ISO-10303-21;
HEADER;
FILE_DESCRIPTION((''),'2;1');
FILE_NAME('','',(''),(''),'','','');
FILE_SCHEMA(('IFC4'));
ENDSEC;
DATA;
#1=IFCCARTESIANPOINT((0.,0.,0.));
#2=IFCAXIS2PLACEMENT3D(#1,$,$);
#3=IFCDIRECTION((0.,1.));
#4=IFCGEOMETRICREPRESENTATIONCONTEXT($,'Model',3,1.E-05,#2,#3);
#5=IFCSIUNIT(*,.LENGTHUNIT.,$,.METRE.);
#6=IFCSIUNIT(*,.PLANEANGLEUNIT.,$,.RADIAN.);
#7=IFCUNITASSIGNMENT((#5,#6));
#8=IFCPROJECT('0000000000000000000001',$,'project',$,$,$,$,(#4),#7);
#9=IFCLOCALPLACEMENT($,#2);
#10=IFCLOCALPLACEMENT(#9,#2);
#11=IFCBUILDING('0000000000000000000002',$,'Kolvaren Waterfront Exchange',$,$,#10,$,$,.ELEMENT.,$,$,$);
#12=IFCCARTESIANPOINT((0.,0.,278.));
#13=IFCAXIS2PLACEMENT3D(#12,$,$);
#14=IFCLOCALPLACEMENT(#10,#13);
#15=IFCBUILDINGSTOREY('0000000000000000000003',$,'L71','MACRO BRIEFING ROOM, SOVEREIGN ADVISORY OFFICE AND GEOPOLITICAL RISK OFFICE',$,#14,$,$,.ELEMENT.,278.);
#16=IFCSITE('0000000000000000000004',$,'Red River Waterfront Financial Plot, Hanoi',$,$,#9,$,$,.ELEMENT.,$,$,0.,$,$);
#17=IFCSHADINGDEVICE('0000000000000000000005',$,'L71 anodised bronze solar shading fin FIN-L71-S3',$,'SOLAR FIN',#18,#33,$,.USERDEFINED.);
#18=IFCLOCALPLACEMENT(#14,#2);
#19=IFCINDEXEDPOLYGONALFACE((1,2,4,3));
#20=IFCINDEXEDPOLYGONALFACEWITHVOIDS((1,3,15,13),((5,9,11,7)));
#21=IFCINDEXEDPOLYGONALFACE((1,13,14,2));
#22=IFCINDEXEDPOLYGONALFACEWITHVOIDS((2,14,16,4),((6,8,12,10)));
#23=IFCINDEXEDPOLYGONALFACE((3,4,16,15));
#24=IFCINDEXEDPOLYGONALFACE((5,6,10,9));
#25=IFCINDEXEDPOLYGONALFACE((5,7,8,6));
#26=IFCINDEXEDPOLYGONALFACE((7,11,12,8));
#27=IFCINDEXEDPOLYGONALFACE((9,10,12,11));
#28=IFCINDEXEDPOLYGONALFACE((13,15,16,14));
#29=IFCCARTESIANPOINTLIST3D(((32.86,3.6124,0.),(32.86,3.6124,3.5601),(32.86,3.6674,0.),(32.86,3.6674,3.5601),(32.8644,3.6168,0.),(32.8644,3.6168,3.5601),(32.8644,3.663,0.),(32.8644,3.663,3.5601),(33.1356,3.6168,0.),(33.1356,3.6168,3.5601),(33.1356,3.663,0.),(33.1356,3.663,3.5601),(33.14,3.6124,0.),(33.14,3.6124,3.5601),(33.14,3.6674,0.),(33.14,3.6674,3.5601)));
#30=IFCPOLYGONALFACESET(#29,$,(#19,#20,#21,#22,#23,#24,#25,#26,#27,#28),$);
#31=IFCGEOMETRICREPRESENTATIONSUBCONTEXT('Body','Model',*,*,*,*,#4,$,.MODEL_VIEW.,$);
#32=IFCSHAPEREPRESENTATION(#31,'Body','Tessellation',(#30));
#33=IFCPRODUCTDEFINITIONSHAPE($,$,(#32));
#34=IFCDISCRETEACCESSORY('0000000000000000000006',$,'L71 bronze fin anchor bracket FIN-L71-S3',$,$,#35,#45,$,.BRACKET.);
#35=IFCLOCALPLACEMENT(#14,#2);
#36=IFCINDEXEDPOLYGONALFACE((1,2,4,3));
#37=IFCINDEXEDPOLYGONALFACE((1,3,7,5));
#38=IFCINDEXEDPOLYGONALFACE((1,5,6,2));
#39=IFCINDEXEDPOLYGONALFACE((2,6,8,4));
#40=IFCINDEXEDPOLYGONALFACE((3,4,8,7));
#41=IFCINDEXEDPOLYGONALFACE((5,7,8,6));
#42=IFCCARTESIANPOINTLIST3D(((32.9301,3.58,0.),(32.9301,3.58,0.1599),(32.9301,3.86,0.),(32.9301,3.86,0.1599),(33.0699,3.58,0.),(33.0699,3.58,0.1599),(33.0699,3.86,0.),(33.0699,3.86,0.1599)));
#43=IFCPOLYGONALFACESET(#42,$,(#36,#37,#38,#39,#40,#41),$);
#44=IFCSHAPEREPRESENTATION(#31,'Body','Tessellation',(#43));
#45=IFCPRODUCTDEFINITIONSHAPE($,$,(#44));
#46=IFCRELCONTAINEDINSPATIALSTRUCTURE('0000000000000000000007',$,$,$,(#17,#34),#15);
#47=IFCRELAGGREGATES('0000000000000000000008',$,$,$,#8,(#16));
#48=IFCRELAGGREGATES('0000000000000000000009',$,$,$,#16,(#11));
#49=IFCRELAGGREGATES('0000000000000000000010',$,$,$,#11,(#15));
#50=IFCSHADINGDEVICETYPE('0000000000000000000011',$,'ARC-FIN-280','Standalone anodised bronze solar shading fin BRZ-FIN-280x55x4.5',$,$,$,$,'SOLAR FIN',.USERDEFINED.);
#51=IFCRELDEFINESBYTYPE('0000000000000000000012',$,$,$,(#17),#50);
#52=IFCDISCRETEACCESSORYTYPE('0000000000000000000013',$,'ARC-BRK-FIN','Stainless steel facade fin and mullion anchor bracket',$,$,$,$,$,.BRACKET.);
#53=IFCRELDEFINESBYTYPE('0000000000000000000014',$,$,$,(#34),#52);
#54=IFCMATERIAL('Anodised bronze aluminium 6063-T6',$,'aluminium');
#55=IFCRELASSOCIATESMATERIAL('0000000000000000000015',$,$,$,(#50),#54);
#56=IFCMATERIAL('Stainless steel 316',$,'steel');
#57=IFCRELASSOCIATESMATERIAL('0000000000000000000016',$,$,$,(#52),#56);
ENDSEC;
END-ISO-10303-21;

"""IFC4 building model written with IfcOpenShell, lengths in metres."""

from ifc_helpers import new_model, si_unit, direction, frame, origin, origin_with_axes, origin_2d, place, context, subcontext, project, spatial, rectangle, hollow_rectangle, extrude, source, transform, mapped, material, material_profile, profile_set, type_object, element, save


model = new_model("IFC4")

# Units and contexts
model_context = context("Model", 3, precision=1e-05, world=origin(), true_north=direction((0.0, 1.0)))
body_context = subcontext(model_context, "Body", "Model", "MODEL_VIEW")
ifc_project = project(units=[si_unit("LENGTHUNIT", "METRE"), si_unit("PLANEANGLEUNIT", "RADIAN")], contexts=[model_context])

# Site, building, storey
site_placement = place(None, origin())
site = spatial("IfcSite", under=ifc_project, at=site_placement, Name="Red River Waterfront Financial Plot, Hanoi", CompositionType="ELEMENT", RefElevation=0.0)
building_placement = place(site_placement, origin())
building = spatial("IfcBuilding", under=site, at=building_placement, Name="Kolvaren Waterfront Exchange", CompositionType="ELEMENT")
storey_placement = place(building_placement, frame((0.0, 0.0, 278.0)))
storey = spatial("IfcBuildingStorey", under=building, at=storey_placement, Name="L71", Description="MACRO BRIEFING ROOM, SOVEREIGN ADVISORY OFFICE AND GEOPOLITICAL RISK OFFICE", CompositionType="ELEMENT", Elevation=278.0)

# Shared definitions
ifc_material_1 = material(Name="Anodised bronze aluminium 6063-T6", Category="aluminium")

# Shading device
ifc_material_profile_1 = material_profile(ifc_material_1, hollow_rectangle(XDim=0.0549, YDim=0.28, WallThickness=0.0044, at=origin_2d()), Name="BRZ-FIN-280x55x4.5")
ifc_profile_set_1 = profile_set([ifc_material_profile_1], Name="Anodised bronze aluminium 6063-T6")
shading_device_type = type_object("IfcShadingDeviceType", Name="ARC-FIN-280", Description="Standalone anodised bronze solar shading fin BRZ-FIN-280x55x4.5", ElementType="SOLAR FIN", PredefinedType="USERDEFINED", material=ifc_profile_set_1)
shading_device_placement = place(storey_placement, frame((33.0, 3.6399, 0.0), z_axis=(0.0, 0.0, 1.0), x_axis=(0.0, -1.0, 0.0)))
element("IfcShadingDevice", 1, at=shading_device_placement, inside=storey, type_object=shading_device_type, Name="L71 anodised bronze solar shading fin FIN-L71-S3", ObjectType="SOLAR FIN", PredefinedType="USERDEFINED", context=body_context, shape_type="SweptSolid", body=[
    extrude(hollow_rectangle(XDim=0.0549, YDim=0.28, WallThickness=0.0044, at=origin_2d()), origin(), (0.0, 0.0, 1.0), 3.5601),
])

# Discrete accessory
ifc_material_2 = material(Name="Stainless steel 316", Category="steel")
discrete_accessory_type = type_object("IfcDiscreteAccessoryType", Name="ARC-BRK-FIN", Description="Stainless steel facade fin and mullion anchor bracket", PredefinedType="BRACKET", material=ifc_material_2)
shared_shape_1 = source(origin_with_axes(), body_context, "Body", "SweptSolid", [
    extrude(rectangle(XDim=0.28, YDim=0.1399, at=origin_2d()), origin(), (0.0, 0.0, 1.0), 0.1599),
])
discrete_accessory_placement = place(storey_placement, frame((33.0, 3.72, 0.0), z_axis=(0.0, 0.0, 1.0), x_axis=(0.0, -1.0, 0.0)))
element("IfcDiscreteAccessory", 2, at=discrete_accessory_placement, inside=storey, type_object=discrete_accessory_type, Name="L71 bronze fin anchor bracket FIN-L71-S3", PredefinedType="BRACKET", context=body_context, shape_type="MappedRepresentation", body=[
    mapped(shared_shape_1, transform((0.0, 0.0, 0.0), x_axis=(1.0, 0.0, 0.0), y_axis=(0.0, 1.0, 0.0), z_axis=(0.0, 0.0, 1.0), scale=1.0)),
])

save(model, "model.ifc")
